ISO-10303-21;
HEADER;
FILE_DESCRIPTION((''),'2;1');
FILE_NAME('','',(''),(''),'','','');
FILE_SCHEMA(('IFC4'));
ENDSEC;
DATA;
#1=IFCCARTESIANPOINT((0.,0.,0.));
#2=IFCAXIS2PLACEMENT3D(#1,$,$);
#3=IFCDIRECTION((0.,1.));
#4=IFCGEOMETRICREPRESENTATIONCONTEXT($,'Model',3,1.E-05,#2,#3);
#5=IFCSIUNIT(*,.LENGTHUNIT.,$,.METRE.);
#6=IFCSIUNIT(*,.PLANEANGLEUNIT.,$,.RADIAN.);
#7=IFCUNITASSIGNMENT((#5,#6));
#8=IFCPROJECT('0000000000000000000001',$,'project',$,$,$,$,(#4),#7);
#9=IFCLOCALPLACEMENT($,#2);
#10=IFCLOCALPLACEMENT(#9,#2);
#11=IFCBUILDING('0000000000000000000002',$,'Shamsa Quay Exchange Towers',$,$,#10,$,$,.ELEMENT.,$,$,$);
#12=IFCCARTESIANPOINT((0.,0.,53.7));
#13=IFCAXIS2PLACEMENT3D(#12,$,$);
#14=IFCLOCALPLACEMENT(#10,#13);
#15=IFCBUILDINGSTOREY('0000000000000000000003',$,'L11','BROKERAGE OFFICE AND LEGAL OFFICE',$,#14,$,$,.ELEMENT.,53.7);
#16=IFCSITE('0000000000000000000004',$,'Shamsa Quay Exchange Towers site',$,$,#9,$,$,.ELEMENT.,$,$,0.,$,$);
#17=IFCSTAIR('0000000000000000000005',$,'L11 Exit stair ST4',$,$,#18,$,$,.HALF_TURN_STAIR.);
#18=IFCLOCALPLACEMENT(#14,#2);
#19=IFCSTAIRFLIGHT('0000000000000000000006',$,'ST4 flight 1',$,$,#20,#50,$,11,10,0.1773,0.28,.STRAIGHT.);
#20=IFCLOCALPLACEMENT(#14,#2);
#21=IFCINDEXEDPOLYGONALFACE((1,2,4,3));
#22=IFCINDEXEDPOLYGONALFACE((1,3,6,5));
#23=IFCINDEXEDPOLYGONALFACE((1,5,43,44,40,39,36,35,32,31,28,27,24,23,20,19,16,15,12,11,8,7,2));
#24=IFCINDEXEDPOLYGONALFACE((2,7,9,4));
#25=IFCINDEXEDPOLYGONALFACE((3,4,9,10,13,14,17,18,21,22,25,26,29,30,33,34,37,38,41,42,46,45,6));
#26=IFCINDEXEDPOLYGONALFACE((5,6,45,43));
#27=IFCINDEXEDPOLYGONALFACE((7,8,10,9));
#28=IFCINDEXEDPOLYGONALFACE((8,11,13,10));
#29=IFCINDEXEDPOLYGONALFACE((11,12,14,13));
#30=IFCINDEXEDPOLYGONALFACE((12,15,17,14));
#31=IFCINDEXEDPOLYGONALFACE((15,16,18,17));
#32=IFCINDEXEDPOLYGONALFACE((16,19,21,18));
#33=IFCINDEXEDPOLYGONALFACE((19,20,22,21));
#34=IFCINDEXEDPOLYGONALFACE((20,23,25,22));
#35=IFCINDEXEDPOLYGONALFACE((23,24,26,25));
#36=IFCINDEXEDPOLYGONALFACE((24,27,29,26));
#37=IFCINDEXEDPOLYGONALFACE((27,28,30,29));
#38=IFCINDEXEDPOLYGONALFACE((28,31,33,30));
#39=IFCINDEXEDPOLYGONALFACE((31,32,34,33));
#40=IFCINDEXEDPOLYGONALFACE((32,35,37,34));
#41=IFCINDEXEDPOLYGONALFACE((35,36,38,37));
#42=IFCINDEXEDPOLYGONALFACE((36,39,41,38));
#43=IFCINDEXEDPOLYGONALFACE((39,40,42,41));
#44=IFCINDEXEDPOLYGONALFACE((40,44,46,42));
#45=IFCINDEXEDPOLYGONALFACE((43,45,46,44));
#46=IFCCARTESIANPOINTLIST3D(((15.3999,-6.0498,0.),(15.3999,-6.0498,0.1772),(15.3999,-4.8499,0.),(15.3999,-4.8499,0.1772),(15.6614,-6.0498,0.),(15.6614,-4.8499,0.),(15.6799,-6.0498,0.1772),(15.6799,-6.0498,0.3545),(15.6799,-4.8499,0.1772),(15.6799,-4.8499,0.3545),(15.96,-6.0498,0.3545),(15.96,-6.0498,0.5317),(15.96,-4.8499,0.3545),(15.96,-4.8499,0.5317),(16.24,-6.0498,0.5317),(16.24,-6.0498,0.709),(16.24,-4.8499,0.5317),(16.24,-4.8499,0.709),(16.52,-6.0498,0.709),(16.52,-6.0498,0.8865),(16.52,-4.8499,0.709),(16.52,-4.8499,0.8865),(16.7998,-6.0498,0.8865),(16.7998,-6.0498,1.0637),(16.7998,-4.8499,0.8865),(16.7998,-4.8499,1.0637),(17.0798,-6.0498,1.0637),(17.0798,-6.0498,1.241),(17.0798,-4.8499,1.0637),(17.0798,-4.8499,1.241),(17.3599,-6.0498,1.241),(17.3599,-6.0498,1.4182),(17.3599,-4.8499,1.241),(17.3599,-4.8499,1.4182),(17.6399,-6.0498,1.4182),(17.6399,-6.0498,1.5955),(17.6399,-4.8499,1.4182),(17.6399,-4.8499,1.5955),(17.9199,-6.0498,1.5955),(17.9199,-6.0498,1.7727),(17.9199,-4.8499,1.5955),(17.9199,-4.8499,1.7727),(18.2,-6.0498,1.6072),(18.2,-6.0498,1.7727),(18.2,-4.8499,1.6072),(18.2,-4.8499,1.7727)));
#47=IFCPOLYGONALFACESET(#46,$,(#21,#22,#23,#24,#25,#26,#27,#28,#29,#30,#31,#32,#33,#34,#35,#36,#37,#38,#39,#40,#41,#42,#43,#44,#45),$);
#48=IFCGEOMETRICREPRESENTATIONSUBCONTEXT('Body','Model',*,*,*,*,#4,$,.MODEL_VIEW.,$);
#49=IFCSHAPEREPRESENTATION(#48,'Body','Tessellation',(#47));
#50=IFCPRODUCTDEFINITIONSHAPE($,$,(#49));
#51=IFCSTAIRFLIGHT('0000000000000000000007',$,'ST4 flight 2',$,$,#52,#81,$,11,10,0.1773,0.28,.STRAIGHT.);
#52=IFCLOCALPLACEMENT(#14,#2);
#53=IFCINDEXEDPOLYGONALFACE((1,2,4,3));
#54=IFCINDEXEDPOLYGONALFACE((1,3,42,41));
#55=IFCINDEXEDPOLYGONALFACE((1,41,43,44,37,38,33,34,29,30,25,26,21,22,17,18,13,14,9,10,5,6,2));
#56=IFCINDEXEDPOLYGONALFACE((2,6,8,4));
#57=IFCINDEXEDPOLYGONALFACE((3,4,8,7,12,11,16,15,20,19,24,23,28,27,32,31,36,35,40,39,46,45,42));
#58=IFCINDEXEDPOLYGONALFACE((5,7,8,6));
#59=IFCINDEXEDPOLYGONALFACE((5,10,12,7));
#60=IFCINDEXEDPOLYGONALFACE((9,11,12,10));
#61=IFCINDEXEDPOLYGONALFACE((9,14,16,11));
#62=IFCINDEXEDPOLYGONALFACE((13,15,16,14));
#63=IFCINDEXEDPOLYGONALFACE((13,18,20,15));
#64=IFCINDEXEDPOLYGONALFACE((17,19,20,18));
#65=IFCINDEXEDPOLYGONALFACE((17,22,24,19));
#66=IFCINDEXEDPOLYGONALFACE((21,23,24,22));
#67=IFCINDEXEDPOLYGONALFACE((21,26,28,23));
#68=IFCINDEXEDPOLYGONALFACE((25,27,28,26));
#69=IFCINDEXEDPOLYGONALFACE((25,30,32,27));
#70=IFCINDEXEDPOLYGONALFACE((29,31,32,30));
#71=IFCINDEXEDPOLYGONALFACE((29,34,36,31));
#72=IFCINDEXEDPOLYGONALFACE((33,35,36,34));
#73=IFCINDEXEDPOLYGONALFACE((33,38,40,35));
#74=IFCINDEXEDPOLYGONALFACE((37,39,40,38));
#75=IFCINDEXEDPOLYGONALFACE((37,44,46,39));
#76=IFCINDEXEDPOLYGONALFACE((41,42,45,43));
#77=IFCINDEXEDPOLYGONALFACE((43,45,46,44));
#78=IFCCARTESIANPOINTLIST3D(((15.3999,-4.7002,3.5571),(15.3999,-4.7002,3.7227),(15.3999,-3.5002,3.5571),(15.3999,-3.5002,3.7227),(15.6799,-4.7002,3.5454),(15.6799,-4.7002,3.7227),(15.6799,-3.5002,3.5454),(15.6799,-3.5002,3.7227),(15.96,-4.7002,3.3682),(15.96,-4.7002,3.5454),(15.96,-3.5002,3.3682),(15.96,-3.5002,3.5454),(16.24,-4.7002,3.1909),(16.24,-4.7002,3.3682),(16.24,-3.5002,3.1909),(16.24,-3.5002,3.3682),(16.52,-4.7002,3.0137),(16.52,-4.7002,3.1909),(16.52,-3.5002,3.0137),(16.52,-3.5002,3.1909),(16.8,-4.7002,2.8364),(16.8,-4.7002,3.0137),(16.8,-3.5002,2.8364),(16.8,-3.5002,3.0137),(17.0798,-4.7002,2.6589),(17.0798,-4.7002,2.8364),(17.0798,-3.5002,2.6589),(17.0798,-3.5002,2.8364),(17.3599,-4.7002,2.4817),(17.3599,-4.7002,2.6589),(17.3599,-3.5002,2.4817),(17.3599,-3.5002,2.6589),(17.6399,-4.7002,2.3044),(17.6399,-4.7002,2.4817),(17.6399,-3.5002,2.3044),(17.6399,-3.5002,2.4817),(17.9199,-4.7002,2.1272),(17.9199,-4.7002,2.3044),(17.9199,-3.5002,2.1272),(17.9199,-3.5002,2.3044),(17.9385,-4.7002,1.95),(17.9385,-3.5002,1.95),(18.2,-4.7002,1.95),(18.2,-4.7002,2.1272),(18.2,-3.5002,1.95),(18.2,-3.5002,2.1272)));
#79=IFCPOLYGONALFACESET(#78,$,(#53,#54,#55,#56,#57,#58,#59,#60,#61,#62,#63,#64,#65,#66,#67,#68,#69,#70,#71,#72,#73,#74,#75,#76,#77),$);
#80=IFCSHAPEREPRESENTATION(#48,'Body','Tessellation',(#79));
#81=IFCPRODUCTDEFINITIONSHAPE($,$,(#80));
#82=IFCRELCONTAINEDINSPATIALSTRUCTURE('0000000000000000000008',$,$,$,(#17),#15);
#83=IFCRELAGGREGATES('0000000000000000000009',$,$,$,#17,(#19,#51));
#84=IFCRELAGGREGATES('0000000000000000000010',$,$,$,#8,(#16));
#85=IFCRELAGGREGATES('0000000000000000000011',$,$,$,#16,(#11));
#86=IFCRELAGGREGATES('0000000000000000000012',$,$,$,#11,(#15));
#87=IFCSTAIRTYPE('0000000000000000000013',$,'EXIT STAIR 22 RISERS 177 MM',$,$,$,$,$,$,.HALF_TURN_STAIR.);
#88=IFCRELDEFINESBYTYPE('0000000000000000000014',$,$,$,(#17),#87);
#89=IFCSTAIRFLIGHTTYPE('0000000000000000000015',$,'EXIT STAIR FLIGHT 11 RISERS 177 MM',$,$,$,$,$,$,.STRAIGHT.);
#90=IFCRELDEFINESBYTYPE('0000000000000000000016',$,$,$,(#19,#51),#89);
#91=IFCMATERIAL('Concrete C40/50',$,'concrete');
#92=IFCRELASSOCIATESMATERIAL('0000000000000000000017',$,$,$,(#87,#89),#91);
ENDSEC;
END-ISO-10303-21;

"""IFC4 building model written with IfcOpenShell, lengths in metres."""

from ifc_helpers import new_model, si_unit, direction, frame, origin, place, context, subcontext, project, spatial, polyline, outline, extrude, material, type_object, element, aggregate, save


model = new_model("IFC4")

# Units and contexts
model_context = context("Model", 3, precision=1e-05, world=origin(), true_north=direction((0.0, 1.0)))
body_context = subcontext(model_context, "Body", "Model", "MODEL_VIEW")
ifc_project = project(units=[si_unit("LENGTHUNIT", "METRE"), si_unit("PLANEANGLEUNIT", "RADIAN")], contexts=[model_context])

# Site, building, storey
site_placement = place(None, origin())
site = spatial("IfcSite", under=ifc_project, at=site_placement, Name="Shamsa Quay Exchange Towers site", CompositionType="ELEMENT", RefElevation=0.0)
building_placement = place(site_placement, origin())
building = spatial("IfcBuilding", under=site, at=building_placement, Name="Shamsa Quay Exchange Towers", CompositionType="ELEMENT")
storey_placement = place(building_placement, frame((0.0, 0.0, 53.7)))
storey = spatial("IfcBuildingStorey", under=building, at=storey_placement, Name="L11", Description="BROKERAGE OFFICE AND LEGAL OFFICE", CompositionType="ELEMENT", Elevation=53.7)

# Stair, stair flights
ifc_material_1 = material(Name="Concrete C40/50", Category="concrete")
stair_type = type_object("IfcStairType", Name="EXIT STAIR 22 RISERS 177 MM", PredefinedType="HALF_TURN_STAIR", material=ifc_material_1)
stair_placement = place(storey_placement, origin())
stair = element("IfcStair", 1, at=stair_placement, inside=storey, type_object=stair_type, Name="L11 Exit stair ST4", PredefinedType="HALF_TURN_STAIR")
stair_flight_type = type_object("IfcStairFlightType", Name="EXIT STAIR FLIGHT 11 RISERS 177 MM", PredefinedType="STRAIGHT", material=ifc_material_1)
stair_flight_1_placement = place(storey_placement, frame((15.3999, -5.45, 0.0)))
stair_flight_1 = element("IfcStairFlight", 2, at=stair_flight_1_placement, type_object=stair_flight_type, Name="ST4 flight 1", NumberOfRisers=11, NumberOfTreads=10, PredefinedType="STRAIGHT", RiserHeight=0.1773, TreadLength=0.28, context=body_context, shape_type="SweptSolid", body=[
    extrude(outline(polyline([(0.0, 0.0), (0.0, 0.1772), (0.28, 0.1772), (0.28, 0.3545), (0.5601, 0.3545), (0.5601, 0.5317), (0.8401, 0.5317), (0.8401, 0.709), (1.1201, 0.709), (1.1201, 0.8865), (1.3999, 0.8865), (1.3999, 1.0637), (1.6799, 1.0637), (1.6799, 1.241), (1.96, 1.241), (1.96, 1.4182), (2.24, 1.4182), (2.24, 1.5955), (2.52, 1.5955), (2.52, 1.7727), (2.8, 1.7727), (2.8, 1.95), (2.8, 1.6072), (0.2615, 0.0), (0.0, 0.0)])), frame((0.0, 0.6001, 0.0), z_axis=(0.0, -1.0, 0.0), x_axis=(1.0, 0.0, 0.0)), (0.0, 0.0, 1.0), 1.2),
])
stair_flight_2_placement = place(storey_placement, frame((18.2, -4.1001, 1.95), z_axis=(0.0, 0.0, 1.0), x_axis=(-1.0, 0.0, 0.0)))
stair_flight_2 = element("IfcStairFlight", 3, at=stair_flight_2_placement, type_object=stair_flight_type, Name="ST4 flight 2", NumberOfRisers=11, NumberOfTreads=10, PredefinedType="STRAIGHT", RiserHeight=0.1773, TreadLength=0.28, context=body_context, shape_type="SweptSolid", body=[
    extrude(outline(polyline([(0.0, 0.0), (0.0, 0.1772), (0.28, 0.1772), (0.28, 0.3545), (0.5601, 0.3545), (0.5601, 0.5317), (0.8401, 0.5317), (0.8401, 0.709), (1.1201, 0.709), (1.1201, 0.8865), (1.3999, 0.8865), (1.3999, 1.0637), (1.6799, 1.0637), (1.6799, 1.241), (1.96, 1.241), (1.96, 1.4182), (2.24, 1.4182), (2.24, 1.5955), (2.52, 1.5955), (2.52, 1.7727), (2.8, 1.7727), (2.8, 1.95), (2.8, 1.6072), (0.2615, 0.0), (0.0, 0.0)])), frame((0.0, 0.6001, 0.0), z_axis=(0.0, -1.0, 0.0), x_axis=(1.0, 0.0, 0.0)), (0.0, 0.0, 1.0), 1.2),
])
aggregate(stair, [stair_flight_1, stair_flight_2])

save(model, "model.ifc")
